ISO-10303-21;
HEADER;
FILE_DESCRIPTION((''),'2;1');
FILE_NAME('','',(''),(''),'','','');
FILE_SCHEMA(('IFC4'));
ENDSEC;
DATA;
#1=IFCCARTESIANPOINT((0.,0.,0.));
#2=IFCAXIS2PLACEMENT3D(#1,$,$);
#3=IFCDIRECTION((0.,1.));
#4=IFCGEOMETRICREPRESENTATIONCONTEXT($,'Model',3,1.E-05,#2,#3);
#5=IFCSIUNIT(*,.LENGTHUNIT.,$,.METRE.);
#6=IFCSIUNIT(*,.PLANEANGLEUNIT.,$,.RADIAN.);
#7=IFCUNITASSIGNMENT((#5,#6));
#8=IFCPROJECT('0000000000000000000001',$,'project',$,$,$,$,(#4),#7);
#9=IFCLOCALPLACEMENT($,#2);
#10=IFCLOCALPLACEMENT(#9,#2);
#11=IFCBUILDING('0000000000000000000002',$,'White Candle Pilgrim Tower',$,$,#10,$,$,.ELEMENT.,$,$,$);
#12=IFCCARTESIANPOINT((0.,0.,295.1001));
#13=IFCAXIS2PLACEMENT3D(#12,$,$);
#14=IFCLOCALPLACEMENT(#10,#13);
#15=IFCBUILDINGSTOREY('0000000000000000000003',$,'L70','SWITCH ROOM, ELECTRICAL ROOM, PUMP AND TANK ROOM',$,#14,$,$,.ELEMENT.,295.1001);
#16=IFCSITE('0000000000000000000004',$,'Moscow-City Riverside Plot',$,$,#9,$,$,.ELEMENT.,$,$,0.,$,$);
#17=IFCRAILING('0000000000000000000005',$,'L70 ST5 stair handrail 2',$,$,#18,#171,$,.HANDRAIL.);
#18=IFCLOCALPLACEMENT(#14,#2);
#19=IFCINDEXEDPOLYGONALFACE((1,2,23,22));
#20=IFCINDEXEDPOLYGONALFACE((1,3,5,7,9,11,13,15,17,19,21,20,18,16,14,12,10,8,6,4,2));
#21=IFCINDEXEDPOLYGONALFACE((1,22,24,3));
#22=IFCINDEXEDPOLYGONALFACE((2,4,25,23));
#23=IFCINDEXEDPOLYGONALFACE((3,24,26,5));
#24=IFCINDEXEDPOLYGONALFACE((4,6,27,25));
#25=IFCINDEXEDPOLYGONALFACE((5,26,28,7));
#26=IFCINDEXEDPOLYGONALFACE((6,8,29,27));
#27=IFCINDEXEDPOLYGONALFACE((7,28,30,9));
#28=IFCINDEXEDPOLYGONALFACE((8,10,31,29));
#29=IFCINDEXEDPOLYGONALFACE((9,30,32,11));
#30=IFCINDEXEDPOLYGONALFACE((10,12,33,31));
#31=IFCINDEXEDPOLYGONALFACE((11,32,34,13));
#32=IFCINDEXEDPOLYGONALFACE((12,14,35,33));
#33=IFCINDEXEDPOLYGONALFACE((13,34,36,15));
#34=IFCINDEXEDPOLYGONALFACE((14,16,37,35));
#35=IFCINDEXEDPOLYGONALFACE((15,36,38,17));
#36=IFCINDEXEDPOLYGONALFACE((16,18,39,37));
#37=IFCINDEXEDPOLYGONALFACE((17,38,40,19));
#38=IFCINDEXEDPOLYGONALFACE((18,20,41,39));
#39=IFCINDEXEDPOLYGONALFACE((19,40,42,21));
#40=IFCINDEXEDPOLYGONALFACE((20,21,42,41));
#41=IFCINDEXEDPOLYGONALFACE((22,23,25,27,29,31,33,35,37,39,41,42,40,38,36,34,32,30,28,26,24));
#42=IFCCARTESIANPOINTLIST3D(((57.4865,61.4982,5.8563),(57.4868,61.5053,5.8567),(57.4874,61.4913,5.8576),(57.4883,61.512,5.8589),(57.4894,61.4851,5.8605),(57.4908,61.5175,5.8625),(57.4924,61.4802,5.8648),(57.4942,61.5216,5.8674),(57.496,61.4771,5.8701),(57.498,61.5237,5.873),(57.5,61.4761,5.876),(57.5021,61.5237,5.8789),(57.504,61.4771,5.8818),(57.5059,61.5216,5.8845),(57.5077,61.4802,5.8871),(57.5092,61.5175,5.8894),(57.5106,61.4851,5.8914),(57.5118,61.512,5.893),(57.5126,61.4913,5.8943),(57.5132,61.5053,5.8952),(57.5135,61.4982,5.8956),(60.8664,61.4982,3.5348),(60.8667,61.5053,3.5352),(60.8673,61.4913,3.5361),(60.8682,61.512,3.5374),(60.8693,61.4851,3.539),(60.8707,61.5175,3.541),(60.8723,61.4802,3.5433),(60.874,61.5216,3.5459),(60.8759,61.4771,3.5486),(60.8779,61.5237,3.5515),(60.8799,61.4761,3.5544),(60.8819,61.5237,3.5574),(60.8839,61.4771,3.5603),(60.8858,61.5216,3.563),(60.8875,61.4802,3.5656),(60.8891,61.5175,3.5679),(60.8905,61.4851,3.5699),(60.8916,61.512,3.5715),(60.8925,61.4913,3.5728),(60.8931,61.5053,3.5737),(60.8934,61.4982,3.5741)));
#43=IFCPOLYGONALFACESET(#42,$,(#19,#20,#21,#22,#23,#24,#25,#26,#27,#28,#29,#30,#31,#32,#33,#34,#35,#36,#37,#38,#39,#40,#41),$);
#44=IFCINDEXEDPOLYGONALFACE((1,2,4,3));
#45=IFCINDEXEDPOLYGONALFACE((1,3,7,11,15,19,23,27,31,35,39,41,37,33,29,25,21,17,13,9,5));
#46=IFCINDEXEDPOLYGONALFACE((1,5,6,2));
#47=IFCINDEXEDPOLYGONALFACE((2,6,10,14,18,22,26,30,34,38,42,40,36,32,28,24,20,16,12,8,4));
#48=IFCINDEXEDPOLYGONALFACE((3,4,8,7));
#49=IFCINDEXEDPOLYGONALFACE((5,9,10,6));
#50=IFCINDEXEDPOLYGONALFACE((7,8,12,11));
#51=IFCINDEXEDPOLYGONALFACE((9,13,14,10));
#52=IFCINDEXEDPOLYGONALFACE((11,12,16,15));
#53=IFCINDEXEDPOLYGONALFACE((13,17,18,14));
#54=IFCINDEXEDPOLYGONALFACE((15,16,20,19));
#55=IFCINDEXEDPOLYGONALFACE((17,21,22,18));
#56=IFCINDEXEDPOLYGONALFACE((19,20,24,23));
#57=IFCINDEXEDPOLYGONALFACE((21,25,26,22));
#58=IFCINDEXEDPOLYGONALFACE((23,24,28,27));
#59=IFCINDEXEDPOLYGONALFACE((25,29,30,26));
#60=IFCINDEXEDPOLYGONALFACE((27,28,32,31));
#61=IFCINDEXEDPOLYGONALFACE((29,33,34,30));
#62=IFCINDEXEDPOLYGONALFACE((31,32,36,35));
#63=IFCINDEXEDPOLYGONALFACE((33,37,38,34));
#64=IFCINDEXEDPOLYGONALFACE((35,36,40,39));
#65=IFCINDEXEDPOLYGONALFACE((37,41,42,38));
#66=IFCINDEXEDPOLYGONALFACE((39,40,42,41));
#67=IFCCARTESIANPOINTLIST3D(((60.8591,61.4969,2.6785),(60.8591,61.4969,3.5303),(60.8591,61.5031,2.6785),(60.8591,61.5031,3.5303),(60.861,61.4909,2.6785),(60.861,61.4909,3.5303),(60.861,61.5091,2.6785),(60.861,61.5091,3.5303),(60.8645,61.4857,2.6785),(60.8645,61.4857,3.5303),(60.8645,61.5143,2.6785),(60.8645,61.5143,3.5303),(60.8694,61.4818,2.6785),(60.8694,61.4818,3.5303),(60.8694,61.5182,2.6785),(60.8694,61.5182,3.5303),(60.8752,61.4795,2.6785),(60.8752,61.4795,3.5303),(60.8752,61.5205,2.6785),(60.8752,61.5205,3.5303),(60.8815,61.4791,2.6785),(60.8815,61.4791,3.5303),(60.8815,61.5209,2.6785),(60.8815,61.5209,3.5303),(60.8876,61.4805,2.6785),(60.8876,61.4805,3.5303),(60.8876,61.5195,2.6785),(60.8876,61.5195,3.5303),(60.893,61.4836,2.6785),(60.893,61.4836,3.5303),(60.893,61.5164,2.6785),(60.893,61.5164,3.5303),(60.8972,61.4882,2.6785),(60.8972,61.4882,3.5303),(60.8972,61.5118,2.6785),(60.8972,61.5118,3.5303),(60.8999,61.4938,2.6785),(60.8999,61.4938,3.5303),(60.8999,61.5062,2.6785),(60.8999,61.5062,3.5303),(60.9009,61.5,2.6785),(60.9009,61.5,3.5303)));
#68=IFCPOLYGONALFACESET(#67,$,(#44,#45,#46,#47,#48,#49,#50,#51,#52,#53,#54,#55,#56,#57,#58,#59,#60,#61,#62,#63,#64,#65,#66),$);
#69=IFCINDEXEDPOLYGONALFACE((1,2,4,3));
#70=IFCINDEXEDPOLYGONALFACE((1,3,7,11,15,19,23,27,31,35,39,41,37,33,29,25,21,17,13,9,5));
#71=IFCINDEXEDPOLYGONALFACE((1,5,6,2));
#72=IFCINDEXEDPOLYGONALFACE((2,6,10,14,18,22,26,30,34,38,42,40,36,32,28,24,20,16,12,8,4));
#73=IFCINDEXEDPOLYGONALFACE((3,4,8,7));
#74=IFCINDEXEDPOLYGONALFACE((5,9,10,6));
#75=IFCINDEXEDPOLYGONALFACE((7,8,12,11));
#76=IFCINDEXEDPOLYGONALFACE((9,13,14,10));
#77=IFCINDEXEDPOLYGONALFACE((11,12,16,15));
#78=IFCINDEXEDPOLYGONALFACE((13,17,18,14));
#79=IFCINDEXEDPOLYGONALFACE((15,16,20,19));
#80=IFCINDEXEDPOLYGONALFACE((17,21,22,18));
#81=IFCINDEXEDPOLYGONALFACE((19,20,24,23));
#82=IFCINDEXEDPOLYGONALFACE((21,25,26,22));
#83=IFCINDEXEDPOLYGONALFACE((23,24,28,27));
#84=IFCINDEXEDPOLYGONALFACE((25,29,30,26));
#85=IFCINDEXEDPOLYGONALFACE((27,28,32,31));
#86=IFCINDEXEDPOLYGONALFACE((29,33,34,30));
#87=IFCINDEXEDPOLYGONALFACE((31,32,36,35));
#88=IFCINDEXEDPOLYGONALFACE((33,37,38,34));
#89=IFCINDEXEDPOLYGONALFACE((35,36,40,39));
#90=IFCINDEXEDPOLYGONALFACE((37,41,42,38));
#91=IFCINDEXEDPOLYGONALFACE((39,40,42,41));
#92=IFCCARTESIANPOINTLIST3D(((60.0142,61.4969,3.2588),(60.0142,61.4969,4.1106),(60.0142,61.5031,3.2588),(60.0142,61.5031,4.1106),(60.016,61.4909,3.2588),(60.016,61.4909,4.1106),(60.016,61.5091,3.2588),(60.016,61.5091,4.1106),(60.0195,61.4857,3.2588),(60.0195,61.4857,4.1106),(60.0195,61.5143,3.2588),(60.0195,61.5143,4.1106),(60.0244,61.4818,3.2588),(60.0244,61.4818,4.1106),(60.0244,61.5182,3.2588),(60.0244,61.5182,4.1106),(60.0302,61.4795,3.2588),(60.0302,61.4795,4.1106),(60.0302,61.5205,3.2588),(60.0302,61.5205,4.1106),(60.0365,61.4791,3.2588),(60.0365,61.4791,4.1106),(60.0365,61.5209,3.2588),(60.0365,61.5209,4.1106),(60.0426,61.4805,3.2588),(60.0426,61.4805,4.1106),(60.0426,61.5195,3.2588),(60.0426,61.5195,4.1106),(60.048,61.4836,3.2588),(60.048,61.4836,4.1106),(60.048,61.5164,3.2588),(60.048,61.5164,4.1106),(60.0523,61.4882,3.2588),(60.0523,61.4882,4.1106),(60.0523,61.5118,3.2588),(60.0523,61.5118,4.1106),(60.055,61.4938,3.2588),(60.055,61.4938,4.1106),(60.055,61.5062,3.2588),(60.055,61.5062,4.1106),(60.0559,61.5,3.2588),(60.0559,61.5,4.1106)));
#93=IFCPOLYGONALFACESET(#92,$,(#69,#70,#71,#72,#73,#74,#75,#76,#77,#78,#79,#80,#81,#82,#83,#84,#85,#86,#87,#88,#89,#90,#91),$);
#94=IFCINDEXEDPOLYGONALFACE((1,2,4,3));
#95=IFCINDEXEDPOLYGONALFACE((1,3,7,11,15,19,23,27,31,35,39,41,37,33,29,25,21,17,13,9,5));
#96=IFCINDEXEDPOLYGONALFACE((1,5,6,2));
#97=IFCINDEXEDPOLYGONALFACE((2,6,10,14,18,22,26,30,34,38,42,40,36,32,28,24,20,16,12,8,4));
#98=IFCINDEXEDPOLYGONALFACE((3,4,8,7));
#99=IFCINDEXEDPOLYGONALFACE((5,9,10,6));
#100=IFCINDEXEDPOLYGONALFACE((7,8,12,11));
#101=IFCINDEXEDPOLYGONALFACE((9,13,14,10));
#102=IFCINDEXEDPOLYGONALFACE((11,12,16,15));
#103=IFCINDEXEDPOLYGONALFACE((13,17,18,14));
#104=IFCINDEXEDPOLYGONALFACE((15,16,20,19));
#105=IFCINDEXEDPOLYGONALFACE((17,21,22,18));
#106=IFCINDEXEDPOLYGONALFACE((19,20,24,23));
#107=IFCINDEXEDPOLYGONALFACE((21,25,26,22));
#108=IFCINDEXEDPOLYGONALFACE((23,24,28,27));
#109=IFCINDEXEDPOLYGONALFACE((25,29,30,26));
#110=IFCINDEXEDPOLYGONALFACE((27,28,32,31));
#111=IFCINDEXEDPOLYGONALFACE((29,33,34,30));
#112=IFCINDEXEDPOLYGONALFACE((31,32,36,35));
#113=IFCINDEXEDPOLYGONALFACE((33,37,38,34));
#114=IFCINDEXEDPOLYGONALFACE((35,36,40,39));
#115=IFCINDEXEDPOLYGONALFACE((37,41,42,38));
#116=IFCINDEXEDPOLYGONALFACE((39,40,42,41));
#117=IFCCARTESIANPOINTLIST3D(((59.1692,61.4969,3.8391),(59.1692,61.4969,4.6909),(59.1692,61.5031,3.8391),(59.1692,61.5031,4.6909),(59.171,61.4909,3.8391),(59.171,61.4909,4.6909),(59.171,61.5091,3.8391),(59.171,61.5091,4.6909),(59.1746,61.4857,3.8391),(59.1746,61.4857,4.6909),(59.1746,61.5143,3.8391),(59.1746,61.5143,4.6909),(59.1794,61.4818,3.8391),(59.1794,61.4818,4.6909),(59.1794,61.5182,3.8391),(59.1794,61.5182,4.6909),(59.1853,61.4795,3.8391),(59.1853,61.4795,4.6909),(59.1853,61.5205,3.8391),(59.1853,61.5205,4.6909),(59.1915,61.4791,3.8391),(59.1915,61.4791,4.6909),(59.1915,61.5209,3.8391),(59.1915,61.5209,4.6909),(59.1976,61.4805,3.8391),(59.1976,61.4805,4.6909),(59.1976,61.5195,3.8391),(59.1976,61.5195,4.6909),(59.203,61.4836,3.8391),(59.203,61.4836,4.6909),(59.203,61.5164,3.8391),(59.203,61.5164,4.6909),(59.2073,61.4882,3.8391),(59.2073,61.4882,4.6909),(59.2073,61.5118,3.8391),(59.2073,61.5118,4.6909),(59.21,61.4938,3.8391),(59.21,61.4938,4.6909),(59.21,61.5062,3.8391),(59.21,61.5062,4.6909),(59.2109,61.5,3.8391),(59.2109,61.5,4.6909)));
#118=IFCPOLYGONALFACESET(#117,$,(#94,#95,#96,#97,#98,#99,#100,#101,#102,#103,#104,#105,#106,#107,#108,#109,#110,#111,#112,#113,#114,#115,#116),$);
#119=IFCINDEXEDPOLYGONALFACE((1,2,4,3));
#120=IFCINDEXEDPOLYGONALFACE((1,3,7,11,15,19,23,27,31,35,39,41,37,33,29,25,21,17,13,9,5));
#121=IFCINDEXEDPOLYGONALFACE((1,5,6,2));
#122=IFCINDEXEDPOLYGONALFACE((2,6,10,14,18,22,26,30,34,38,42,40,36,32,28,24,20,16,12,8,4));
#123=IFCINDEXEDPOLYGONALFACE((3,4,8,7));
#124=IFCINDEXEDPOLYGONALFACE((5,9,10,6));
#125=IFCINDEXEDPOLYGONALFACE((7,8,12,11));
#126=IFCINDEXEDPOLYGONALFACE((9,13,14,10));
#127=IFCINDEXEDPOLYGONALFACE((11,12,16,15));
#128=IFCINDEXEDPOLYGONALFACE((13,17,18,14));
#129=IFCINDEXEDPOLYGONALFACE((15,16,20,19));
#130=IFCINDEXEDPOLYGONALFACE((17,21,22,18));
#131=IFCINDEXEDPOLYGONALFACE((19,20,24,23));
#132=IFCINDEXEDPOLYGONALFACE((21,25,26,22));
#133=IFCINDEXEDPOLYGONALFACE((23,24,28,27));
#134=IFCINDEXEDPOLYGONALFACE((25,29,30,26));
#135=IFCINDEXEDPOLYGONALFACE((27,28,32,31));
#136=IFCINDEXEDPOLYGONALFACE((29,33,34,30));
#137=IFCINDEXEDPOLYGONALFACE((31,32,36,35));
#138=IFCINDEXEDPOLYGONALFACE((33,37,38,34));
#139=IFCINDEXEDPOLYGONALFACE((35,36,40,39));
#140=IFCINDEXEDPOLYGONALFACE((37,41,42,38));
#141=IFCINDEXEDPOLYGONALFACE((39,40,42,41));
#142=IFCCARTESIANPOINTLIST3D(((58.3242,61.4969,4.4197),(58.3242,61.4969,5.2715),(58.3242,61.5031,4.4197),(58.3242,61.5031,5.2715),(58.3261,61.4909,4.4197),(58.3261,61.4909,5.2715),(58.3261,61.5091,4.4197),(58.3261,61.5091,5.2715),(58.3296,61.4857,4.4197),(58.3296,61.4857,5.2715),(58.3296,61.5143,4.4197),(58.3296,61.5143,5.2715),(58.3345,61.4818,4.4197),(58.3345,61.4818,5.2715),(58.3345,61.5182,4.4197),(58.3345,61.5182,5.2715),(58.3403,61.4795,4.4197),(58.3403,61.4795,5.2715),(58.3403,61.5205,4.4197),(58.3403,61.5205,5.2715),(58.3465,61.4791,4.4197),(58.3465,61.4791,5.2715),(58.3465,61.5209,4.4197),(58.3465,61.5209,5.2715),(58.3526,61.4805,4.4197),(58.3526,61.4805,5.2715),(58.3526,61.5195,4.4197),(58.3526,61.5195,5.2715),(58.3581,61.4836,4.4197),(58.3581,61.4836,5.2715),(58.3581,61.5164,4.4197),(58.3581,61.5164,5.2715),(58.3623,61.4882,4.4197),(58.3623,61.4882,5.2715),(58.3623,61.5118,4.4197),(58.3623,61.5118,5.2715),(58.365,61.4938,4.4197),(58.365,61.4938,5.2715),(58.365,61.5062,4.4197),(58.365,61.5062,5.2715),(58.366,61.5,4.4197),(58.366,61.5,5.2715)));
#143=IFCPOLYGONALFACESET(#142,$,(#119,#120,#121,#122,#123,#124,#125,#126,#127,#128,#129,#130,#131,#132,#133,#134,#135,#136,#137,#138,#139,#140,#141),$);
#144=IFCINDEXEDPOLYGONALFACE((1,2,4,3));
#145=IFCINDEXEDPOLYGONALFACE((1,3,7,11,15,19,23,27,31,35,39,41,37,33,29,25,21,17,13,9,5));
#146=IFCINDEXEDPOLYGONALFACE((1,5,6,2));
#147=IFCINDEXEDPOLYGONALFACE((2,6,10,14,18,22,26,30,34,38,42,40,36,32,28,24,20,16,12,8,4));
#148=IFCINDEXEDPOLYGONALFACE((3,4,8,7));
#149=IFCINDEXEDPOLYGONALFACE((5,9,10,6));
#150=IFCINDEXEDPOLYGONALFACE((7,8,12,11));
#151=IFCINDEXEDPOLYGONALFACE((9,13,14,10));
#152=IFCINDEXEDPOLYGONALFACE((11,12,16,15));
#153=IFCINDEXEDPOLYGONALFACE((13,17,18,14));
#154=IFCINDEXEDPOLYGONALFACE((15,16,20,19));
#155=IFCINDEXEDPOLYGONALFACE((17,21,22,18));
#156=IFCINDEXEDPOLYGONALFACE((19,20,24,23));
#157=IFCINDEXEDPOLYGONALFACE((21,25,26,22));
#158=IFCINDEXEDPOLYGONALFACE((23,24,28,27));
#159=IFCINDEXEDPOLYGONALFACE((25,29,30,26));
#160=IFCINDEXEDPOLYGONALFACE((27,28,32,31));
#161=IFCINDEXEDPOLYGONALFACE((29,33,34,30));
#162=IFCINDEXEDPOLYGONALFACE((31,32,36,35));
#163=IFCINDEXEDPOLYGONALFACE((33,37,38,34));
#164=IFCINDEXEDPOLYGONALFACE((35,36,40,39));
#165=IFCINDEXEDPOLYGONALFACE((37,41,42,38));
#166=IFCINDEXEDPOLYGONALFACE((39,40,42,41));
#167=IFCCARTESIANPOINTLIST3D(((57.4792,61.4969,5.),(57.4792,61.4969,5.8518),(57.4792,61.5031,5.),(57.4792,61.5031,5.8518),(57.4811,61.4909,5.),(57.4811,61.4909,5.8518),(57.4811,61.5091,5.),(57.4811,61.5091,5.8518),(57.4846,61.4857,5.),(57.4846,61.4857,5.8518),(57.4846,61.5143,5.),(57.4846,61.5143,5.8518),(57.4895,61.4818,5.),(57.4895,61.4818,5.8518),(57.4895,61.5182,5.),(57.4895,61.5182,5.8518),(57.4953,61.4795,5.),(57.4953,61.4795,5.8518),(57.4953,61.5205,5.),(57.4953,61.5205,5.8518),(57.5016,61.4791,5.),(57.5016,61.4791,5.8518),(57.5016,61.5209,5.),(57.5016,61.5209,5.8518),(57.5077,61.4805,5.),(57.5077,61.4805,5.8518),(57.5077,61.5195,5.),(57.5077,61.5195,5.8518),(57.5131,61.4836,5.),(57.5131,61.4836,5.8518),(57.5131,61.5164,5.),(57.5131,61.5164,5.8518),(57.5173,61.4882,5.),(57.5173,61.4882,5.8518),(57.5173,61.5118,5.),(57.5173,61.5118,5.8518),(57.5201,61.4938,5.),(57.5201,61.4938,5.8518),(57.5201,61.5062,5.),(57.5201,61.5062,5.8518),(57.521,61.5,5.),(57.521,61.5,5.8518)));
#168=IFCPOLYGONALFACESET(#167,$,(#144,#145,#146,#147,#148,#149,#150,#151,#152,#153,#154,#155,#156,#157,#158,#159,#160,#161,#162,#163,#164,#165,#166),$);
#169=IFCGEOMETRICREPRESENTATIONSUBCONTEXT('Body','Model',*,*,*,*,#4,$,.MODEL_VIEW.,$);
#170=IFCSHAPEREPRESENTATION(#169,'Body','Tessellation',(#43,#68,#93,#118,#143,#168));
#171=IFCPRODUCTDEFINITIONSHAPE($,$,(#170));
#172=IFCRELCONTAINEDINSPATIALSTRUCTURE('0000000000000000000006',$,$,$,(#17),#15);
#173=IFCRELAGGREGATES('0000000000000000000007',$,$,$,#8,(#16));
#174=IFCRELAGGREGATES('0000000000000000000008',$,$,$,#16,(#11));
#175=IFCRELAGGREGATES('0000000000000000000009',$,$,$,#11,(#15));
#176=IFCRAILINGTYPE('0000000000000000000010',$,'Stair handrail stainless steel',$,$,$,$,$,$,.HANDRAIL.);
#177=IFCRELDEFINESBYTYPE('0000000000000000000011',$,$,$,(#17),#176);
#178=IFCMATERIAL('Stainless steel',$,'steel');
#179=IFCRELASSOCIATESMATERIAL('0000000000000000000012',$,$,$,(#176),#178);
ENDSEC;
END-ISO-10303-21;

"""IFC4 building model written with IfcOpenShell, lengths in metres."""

from ifc_helpers import new_model, si_unit, direction, frame, origin, origin_2d, place, context, subcontext, project, spatial, circle, extrude, material, type_object, element, save


model = new_model("IFC4")

# Units and contexts
model_context = context("Model", 3, precision=1e-05, world=origin(), true_north=direction((0.0, 1.0)))
body_context = subcontext(model_context, "Body", "Model", "MODEL_VIEW")
ifc_project = project(units=[si_unit("LENGTHUNIT", "METRE"), si_unit("PLANEANGLEUNIT", "RADIAN")], contexts=[model_context])

# Site, building, storey
site_placement = place(None, origin())
site = spatial("IfcSite", under=ifc_project, at=site_placement, Name="Moscow-City Riverside Plot", CompositionType="ELEMENT", RefElevation=0.0)
building_placement = place(site_placement, origin())
building = spatial("IfcBuilding", under=site, at=building_placement, Name="White Candle Pilgrim Tower", CompositionType="ELEMENT")
storey_placement = place(building_placement, frame((0.0, 0.0, 295.1001)))
storey = spatial("IfcBuildingStorey", under=building, at=storey_placement, Name="L70", Description="SWITCH ROOM, ELECTRICAL ROOM, PUMP AND TANK ROOM", CompositionType="ELEMENT", Elevation=295.1001)

# Railing
ifc_material_1 = material(Name="Stainless steel", Category="steel")
railing_type_1 = type_object("IfcRailingType", Name="Stair handrail stainless steel", PredefinedType="HANDRAIL", material=ifc_material_1)
railing_1_placement = place(storey_placement, frame((60.8799, 61.5, 2.6785)))
element("IfcRailing", 1, at=railing_1_placement, inside=storey, type_object=railing_type_1, Name="L70 ST5 stair handrail 2", PredefinedType="HANDRAIL", context=body_context, shape_type="SweptSolid", body=[
    extrude(circle(Radius=0.0239, at=origin_2d()), frame((0.0, 0.0, 0.876), z_axis=(-0.824285, 0.0, 0.566175), x_axis=(0.0, -1.0, 0.0)), (0.0, 0.0, 1.0), 4.1003),
    extrude(circle(Radius=0.021, at=origin_2d()), origin(), (0.0, 0.0, 1.0), 0.8518),
    extrude(circle(Radius=0.021, at=origin_2d()), frame((-0.845, 0.0, 0.5803)), (0.0, 0.0, 1.0), 0.8518),
    extrude(circle(Radius=0.021, at=origin_2d()), frame((-1.6899, 0.0, 1.1606)), (0.0, 0.0, 1.0), 0.8518),
    extrude(circle(Radius=0.021, at=origin_2d()), frame((-2.5349, 0.0, 1.7412)), (0.0, 0.0, 1.0), 0.8518),
    extrude(circle(Radius=0.021, at=origin_2d()), frame((-3.3799, 0.0, 2.3215)), (0.0, 0.0, 1.0), 0.8518),
])

save(model, "model.ifc")
